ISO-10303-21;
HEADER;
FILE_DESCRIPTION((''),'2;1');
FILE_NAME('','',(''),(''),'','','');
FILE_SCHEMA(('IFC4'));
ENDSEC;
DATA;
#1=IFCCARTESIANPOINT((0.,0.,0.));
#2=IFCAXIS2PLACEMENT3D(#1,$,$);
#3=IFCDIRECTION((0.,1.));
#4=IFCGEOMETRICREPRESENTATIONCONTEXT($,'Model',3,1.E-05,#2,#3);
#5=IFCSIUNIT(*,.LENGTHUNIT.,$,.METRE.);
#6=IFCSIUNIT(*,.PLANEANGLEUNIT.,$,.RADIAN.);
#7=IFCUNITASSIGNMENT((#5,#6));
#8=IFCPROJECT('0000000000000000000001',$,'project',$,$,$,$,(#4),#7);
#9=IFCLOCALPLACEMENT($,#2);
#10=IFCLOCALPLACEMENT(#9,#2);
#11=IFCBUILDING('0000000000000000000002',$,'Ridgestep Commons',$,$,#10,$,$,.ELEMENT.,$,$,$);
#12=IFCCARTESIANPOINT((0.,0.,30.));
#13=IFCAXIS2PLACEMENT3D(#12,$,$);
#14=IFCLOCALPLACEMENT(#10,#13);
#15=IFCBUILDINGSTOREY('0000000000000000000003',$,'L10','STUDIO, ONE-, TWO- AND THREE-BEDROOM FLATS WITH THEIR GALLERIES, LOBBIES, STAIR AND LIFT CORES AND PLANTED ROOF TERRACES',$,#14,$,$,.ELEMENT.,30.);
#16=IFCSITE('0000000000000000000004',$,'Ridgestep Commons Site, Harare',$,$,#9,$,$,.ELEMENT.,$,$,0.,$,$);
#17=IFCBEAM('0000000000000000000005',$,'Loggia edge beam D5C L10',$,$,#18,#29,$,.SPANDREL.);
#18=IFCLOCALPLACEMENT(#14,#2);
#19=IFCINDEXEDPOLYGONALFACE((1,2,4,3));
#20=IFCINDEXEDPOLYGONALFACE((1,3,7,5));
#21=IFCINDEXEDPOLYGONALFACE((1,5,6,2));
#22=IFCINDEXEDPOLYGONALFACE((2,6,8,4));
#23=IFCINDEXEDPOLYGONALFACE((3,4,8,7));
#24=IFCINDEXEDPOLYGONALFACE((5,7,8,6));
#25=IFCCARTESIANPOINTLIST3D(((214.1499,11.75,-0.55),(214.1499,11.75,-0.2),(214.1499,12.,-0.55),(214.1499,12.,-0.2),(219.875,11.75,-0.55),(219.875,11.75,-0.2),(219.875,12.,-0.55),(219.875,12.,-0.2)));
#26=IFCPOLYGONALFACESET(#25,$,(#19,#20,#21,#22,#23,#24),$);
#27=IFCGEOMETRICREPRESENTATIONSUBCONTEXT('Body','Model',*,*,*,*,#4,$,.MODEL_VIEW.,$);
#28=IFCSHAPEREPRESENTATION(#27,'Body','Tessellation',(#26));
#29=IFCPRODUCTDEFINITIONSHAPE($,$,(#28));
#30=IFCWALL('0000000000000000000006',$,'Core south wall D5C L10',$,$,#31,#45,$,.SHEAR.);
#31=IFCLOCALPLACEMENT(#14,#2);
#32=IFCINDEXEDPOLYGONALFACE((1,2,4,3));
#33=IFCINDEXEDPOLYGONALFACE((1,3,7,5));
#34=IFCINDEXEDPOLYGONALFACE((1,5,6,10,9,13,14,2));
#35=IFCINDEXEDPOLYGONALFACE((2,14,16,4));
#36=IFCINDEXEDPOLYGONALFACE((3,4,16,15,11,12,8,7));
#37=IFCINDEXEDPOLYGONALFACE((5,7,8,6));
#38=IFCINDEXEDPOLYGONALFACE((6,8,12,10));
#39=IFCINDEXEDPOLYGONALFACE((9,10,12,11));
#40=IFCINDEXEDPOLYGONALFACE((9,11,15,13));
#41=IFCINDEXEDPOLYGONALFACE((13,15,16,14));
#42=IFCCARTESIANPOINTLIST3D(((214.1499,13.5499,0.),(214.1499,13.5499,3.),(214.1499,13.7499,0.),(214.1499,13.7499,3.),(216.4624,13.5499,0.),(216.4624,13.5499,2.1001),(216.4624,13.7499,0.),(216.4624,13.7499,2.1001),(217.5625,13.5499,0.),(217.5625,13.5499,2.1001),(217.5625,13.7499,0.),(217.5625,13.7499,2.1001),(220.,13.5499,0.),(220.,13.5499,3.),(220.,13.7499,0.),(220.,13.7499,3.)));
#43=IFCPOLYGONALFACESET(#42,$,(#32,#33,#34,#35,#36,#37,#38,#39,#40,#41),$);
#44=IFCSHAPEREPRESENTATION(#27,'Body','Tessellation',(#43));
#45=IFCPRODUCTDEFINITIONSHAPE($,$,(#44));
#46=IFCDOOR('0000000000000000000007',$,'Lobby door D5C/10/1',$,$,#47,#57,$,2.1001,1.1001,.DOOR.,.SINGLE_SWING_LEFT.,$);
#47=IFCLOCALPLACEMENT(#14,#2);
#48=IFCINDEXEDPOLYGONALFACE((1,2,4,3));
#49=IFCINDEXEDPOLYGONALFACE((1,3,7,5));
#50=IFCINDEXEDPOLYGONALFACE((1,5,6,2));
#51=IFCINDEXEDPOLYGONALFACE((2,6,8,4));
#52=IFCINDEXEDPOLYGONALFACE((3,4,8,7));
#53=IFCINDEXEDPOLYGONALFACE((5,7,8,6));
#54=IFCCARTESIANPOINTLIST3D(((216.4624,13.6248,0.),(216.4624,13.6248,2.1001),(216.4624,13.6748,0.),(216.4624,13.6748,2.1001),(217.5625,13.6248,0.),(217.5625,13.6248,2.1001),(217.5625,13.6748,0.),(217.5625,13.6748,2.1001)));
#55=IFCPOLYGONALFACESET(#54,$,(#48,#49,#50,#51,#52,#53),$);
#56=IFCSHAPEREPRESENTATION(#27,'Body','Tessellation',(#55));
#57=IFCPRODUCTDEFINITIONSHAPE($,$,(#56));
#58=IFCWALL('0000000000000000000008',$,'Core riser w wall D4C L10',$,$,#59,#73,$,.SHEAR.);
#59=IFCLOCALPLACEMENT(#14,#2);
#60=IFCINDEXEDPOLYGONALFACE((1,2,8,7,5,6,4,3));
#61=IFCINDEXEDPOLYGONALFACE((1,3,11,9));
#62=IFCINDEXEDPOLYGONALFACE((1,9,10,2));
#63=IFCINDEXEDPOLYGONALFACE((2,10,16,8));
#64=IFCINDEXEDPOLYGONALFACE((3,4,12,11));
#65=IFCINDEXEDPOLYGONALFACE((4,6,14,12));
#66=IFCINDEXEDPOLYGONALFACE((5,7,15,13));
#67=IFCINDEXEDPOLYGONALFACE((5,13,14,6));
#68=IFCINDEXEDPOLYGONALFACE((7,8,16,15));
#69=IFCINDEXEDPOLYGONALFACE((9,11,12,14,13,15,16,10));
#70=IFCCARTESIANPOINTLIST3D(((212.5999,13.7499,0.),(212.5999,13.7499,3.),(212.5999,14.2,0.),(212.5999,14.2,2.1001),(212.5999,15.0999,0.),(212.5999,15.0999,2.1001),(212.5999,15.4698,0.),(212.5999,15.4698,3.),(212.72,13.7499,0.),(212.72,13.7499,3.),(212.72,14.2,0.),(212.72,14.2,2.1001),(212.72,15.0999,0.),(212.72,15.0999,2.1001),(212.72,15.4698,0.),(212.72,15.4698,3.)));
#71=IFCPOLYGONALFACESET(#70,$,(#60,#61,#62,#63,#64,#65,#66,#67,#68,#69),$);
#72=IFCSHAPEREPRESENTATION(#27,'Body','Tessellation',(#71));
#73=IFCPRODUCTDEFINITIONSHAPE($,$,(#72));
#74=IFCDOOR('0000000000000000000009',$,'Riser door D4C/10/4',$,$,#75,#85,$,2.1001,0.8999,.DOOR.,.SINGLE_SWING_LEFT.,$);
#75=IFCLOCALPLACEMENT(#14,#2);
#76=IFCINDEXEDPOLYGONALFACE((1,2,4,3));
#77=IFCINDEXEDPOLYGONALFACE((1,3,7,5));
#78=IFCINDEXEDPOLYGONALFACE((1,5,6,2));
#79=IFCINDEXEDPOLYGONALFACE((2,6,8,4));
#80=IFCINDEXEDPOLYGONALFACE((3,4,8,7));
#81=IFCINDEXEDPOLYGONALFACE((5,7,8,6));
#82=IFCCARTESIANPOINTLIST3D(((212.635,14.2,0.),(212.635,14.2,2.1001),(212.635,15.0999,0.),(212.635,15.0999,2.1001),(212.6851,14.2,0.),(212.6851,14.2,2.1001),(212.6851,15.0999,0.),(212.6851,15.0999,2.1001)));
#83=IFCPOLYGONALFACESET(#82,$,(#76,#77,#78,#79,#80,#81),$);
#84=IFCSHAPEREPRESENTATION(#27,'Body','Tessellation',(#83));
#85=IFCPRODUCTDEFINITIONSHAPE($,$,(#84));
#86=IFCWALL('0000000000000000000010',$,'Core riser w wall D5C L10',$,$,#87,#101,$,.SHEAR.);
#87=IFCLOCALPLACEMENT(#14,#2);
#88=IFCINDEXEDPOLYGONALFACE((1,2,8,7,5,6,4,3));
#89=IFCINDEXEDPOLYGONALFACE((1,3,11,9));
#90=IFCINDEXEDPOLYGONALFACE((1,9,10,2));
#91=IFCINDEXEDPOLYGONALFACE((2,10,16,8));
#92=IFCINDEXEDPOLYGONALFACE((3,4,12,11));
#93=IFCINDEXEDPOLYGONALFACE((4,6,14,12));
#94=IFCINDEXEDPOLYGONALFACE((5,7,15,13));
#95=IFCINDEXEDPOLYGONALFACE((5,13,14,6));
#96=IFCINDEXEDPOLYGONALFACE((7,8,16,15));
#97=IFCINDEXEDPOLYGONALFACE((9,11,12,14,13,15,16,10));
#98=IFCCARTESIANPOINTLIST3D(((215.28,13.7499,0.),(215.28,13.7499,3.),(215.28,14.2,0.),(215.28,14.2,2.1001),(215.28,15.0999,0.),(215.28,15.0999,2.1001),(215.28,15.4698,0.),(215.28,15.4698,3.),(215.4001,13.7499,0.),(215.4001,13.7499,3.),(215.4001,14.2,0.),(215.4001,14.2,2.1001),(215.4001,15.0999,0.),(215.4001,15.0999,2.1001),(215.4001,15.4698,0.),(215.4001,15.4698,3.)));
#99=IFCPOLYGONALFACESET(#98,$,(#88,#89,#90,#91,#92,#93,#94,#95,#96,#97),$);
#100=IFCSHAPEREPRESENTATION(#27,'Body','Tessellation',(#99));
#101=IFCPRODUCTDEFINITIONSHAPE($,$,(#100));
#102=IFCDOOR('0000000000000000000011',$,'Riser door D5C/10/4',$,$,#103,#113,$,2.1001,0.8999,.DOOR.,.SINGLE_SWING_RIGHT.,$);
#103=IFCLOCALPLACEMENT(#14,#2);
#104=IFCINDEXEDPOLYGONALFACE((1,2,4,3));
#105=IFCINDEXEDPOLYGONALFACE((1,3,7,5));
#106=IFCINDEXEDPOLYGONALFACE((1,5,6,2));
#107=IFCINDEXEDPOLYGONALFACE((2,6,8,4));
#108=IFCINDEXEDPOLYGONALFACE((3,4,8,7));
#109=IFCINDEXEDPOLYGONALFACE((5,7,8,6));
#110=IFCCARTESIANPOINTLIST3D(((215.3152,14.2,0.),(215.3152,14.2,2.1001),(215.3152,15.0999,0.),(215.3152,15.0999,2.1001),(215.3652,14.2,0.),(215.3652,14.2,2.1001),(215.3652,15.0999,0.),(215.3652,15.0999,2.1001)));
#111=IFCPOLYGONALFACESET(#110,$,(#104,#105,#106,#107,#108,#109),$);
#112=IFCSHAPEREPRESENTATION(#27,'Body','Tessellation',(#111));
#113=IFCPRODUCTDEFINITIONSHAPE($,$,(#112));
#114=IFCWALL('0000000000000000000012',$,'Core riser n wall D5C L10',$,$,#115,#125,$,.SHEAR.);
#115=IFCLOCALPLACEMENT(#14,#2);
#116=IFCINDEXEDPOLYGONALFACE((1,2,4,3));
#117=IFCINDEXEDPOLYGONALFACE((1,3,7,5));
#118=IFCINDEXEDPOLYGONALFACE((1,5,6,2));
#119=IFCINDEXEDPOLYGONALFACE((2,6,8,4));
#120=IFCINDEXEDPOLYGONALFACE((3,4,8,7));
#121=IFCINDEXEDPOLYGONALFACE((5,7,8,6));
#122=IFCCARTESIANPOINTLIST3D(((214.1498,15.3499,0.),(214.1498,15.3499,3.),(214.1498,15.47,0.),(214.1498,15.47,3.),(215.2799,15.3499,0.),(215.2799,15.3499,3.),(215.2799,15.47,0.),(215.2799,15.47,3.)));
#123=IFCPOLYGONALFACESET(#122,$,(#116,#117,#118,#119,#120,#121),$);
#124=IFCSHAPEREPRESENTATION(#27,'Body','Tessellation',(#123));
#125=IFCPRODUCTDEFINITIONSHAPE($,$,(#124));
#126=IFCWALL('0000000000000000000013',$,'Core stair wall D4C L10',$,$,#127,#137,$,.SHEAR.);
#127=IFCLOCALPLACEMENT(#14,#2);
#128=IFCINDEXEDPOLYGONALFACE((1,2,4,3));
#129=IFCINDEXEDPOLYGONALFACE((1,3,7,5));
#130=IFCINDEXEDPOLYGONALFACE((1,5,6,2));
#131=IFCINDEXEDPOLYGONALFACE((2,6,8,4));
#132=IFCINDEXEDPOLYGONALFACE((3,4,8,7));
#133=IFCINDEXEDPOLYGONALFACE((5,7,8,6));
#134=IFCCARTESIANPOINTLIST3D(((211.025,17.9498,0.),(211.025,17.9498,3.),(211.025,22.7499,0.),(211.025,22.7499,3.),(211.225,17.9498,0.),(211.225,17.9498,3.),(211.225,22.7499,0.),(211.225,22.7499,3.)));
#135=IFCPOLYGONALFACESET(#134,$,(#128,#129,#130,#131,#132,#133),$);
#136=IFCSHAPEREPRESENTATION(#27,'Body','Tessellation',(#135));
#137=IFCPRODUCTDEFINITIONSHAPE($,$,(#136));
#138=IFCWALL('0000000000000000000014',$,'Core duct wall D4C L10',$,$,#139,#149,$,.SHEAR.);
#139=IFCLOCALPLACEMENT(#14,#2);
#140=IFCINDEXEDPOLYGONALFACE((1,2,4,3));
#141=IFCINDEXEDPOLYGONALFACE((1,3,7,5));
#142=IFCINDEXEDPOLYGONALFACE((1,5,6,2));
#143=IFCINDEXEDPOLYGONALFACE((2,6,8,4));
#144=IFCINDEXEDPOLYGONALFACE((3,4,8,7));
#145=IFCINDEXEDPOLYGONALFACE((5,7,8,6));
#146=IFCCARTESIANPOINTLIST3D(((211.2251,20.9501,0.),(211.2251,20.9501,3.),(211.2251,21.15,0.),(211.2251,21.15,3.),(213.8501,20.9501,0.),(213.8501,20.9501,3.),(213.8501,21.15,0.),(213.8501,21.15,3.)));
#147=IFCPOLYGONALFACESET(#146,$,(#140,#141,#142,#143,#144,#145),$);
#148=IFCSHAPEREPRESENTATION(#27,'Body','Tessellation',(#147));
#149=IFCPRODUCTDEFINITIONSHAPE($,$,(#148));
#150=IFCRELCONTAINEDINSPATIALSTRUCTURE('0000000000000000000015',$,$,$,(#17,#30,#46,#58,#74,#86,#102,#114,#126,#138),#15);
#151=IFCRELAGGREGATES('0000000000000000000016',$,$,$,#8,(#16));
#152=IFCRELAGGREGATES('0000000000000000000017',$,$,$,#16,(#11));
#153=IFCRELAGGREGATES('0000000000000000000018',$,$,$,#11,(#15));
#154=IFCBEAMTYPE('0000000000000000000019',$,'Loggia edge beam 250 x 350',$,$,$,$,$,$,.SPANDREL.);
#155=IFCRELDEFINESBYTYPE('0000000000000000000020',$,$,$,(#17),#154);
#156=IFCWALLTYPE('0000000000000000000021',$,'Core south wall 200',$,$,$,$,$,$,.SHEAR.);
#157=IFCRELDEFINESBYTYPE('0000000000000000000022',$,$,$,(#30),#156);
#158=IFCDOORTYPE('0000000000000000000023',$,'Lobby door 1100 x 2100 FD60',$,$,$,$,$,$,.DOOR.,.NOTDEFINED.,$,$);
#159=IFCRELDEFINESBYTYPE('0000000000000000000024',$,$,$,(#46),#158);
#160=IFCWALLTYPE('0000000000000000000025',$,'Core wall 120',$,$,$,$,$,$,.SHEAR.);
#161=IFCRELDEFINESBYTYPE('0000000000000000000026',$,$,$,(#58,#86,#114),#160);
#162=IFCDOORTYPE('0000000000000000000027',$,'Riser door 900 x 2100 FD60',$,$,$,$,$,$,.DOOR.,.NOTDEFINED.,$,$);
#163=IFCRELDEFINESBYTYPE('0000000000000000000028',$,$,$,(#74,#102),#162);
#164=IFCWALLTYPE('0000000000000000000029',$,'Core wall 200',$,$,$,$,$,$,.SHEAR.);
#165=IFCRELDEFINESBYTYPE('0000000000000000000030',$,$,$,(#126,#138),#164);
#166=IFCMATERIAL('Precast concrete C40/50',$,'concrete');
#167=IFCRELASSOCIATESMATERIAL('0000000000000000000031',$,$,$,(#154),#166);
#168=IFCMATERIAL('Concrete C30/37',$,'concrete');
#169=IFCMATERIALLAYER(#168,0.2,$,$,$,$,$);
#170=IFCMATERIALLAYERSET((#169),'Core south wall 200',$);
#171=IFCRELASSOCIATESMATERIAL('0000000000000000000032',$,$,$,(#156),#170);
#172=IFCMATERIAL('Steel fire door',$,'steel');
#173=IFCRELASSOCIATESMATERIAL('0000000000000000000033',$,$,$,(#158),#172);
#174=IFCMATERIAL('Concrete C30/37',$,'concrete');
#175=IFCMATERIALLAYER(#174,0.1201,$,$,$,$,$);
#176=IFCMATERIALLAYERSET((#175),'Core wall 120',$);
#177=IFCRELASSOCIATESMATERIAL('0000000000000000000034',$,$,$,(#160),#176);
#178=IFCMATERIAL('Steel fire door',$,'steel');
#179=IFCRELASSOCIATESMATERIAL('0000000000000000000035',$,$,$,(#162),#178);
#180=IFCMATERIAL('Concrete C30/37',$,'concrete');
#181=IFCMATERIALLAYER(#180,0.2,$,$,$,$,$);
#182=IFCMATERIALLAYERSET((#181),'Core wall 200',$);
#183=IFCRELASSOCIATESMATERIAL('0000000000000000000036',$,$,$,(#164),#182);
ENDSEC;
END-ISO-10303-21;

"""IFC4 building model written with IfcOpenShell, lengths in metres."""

from ifc_helpers import new_model, si_unit, direction, frame, frame_2d, origin, origin_2d, place, context, subcontext, project, spatial, rectangle, extrude, material, layer, layer_set, material_profile, profile_set, type_object, element, fill, save


model = new_model("IFC4")

# Units and contexts
model_context = context("Model", 3, precision=1e-05, world=origin(), true_north=direction((0.0, 1.0)))
body_context = subcontext(model_context, "Body", "Model", "MODEL_VIEW")
ifc_project = project(units=[si_unit("LENGTHUNIT", "METRE"), si_unit("PLANEANGLEUNIT", "RADIAN")], contexts=[model_context])

# Site, building, storey
site_placement = place(None, origin())
site = spatial("IfcSite", under=ifc_project, at=site_placement, Name="Ridgestep Commons Site, Harare", CompositionType="ELEMENT", RefElevation=0.0)
building_placement = place(site_placement, origin())
building = spatial("IfcBuilding", under=site, at=building_placement, Name="Ridgestep Commons", CompositionType="ELEMENT")
storey_placement = place(building_placement, frame((0.0, 0.0, 30.0)))
storey = spatial("IfcBuildingStorey", under=building, at=storey_placement, Name="L10", Description="STUDIO, ONE-, TWO- AND THREE-BEDROOM FLATS WITH THEIR GALLERIES, LOBBIES, STAIR AND LIFT CORES AND PLANTED ROOF TERRACES", CompositionType="ELEMENT", Elevation=30.0)

# Beam
ifc_material_1 = material(Name="Precast concrete C40/50", Category="concrete")
ifc_material_profile = material_profile(ifc_material_1, rectangle(XDim=0.25, YDim=0.3501, at=origin_2d()), Name="PC 250x350")
ifc_profile_set = profile_set([ifc_material_profile], Name="Precast concrete C40/50")
beam_type = type_object("IfcBeamType", Name="Loggia edge beam 250 x 350", PredefinedType="SPANDREL", material=ifc_profile_set)
beam_placement = place(storey_placement, frame((214.1499, 11.875, -0.375), z_axis=(1.0, 0.0, 0.0), x_axis=(0.0, 1.0, 0.0)))
element("IfcBeam", 1, at=beam_placement, inside=storey, type_object=beam_type, Name="Loggia edge beam D5C L10", PredefinedType="SPANDREL", context=body_context, shape_type="SweptSolid", body=[
    extrude(rectangle(XDim=0.25, YDim=0.3501, at=origin_2d()), origin(), (0.0, 0.0, 1.0), 5.7251),
])

# Walls, openings, doors
ifc_material_2 = material(Name="Concrete C30/37", Category="concrete")
ifc_layer_1 = layer(ifc_material_2, 0.2)
ifc_layer_set_1 = layer_set([ifc_layer_1], Name="Core south wall 200")
wall_type_1 = type_object("IfcWallType", Name="Core south wall 200", PredefinedType="SHEAR", material=ifc_layer_set_1)
wall_1_placement = place(storey_placement, frame((214.1499, 13.6499, 0.0), z_axis=(0.0, 0.0, 1.0), x_axis=(1.0, 0.0, 0.0)))
wall_1 = element("IfcWall", 2, at=wall_1_placement, inside=storey, type_object=wall_type_1, Name="Core south wall D5C L10", PredefinedType="SHEAR", context=body_context, shape_type="SweptSolid", body=[
    extrude(rectangle(XDim=5.8501, YDim=0.2, at=frame_2d((2.925, 0.0))), origin(), (0.0, 0.0, 1.0), 3.0),
])
opening_1_placement = place(wall_1_placement, frame((2.3125, 0.0, 0.0)))
opening_1 = element("IfcOpeningElement", 3, at=opening_1_placement, cuts=wall_1, PredefinedType="OPENING", context=body_context, shape_type="SweptSolid", body=[
    extrude(rectangle(XDim=1.1001, YDim=2.1001, at=frame_2d((0.55, 1.05))), frame((0.0, 0.1099, 0.0), z_axis=(0.0, -1.0, 0.0), x_axis=(1.0, 0.0, 0.0)), (0.0, 0.0, 1.0), 0.22),
])
ifc_material_3 = material(Name="Steel fire door", Category="steel")
door_type_1 = type_object("IfcDoorType", Name="Lobby door 1100 x 2100 FD60", OperationType="NOTDEFINED", PredefinedType="DOOR", material=ifc_material_3)
door_1_placement = place(opening_1_placement, origin())
door_1 = element("IfcDoor", 4, at=door_1_placement, inside=storey, type_object=door_type_1, Name="Lobby door D5C/10/1", OperationType="SINGLE_SWING_LEFT", OverallHeight=2.1001, OverallWidth=1.1001, PredefinedType="DOOR", context=body_context, shape_type="SweptSolid", body=[
    extrude(rectangle(XDim=1.1001, YDim=2.1001, at=frame_2d((0.55, 1.05))), frame((0.0, 0.0249, 0.0), z_axis=(0.0, -1.0, 0.0), x_axis=(1.0, 0.0, 0.0)), (0.0, 0.0, 1.0), 0.05),
])
fill(opening_1, door_1)
ifc_material_4 = material(Name="Concrete C30/37", Category="concrete")
ifc_layer_2 = layer(ifc_material_4, 0.1201)
ifc_layer_set_2 = layer_set([ifc_layer_2], Name="Core wall 120")
wall_type_2 = type_object("IfcWallType", Name="Core wall 120", PredefinedType="SHEAR", material=ifc_layer_set_2)
wall_2_placement = place(storey_placement, frame((212.6599, 13.75, 0.0), z_axis=(0.0, 0.0, 1.0), x_axis=(0.0, 1.0, 0.0)))
wall_2 = element("IfcWall", 5, at=wall_2_placement, inside=storey, type_object=wall_type_2, Name="Core riser w wall D4C L10", PredefinedType="SHEAR", context=body_context, shape_type="SweptSolid", body=[
    extrude(rectangle(XDim=1.72, YDim=0.1201, at=frame_2d((0.8599, 0.0))), origin(), (0.0, 0.0, 1.0), 3.0),
])
opening_2_placement = place(wall_2_placement, frame((0.45, 0.0, 0.0)))
opening_2 = element("IfcOpeningElement", 6, at=opening_2_placement, cuts=wall_2, PredefinedType="OPENING", context=body_context, shape_type="SweptSolid", body=[
    extrude(rectangle(XDim=0.8999, YDim=2.1001, at=frame_2d((0.45, 1.05))), frame((0.0, 0.0701, 0.0), z_axis=(0.0, -1.0, 0.0), x_axis=(1.0, 0.0, 0.0)), (0.0, 0.0, 1.0), 0.1401),
])
ifc_material_5 = material(Name="Steel fire door", Category="steel")
door_type_2 = type_object("IfcDoorType", Name="Riser door 900 x 2100 FD60", OperationType="NOTDEFINED", PredefinedType="DOOR", material=ifc_material_5)
door_2_placement = place(opening_2_placement, origin())
door_2 = element("IfcDoor", 7, at=door_2_placement, inside=storey, type_object=door_type_2, Name="Riser door D4C/10/4", OperationType="SINGLE_SWING_LEFT", OverallHeight=2.1001, OverallWidth=0.8999, PredefinedType="DOOR", context=body_context, shape_type="SweptSolid", body=[
    extrude(rectangle(XDim=0.8999, YDim=2.1001, at=frame_2d((0.45, 1.05))), frame((0.0, 0.0249, 0.0), z_axis=(0.0, -1.0, 0.0), x_axis=(1.0, 0.0, 0.0)), (0.0, 0.0, 1.0), 0.05),
])
fill(opening_2, door_2)

# Wall, opening, door
wall_3_placement = place(storey_placement, frame((215.3401, 13.75, 0.0), z_axis=(0.0, 0.0, 1.0), x_axis=(0.0, 1.0, 0.0)))
wall_3 = element("IfcWall", 8, at=wall_3_placement, inside=storey, type_object=wall_type_2, Name="Core riser w wall D5C L10", PredefinedType="SHEAR", context=body_context, shape_type="SweptSolid", body=[
    extrude(rectangle(XDim=1.72, YDim=0.1201, at=frame_2d((0.8599, 0.0))), origin(), (0.0, 0.0, 1.0), 3.0),
])
opening_3_placement = place(wall_3_placement, frame((0.45, 0.0, 0.0)))
opening_3 = element("IfcOpeningElement", 9, at=opening_3_placement, cuts=wall_3, PredefinedType="OPENING", context=body_context, shape_type="SweptSolid", body=[
    extrude(rectangle(XDim=0.8999, YDim=2.1001, at=frame_2d((0.45, 1.05))), frame((0.0, 0.0701, 0.0), z_axis=(0.0, -1.0, 0.0), x_axis=(1.0, 0.0, 0.0)), (0.0, 0.0, 1.0), 0.1401),
])
door_3_placement = place(opening_3_placement, origin())
door_3 = element("IfcDoor", 10, at=door_3_placement, inside=storey, type_object=door_type_2, Name="Riser door D5C/10/4", OperationType="SINGLE_SWING_RIGHT", OverallHeight=2.1001, OverallWidth=0.8999, PredefinedType="DOOR", context=body_context, shape_type="SweptSolid", body=[
    extrude(rectangle(XDim=0.8999, YDim=2.1001, at=frame_2d((0.45, 1.05))), frame((0.0, 0.0249, 0.0), z_axis=(0.0, -1.0, 0.0), x_axis=(1.0, 0.0, 0.0)), (0.0, 0.0, 1.0), 0.05),
])
fill(opening_3, door_3)

# Walls
wall_4_placement = place(storey_placement, frame((214.1499, 15.4099, 0.0), z_axis=(0.0, 0.0, 1.0), x_axis=(1.0, 0.0, 0.0)))
element("IfcWall", 11, at=wall_4_placement, inside=storey, type_object=wall_type_2, Name="Core riser n wall D5C L10", PredefinedType="SHEAR", context=body_context, shape_type="SweptSolid", body=[
    extrude(rectangle(XDim=1.1301, YDim=0.1201, at=frame_2d((0.5649, 0.0))), origin(), (0.0, 0.0, 1.0), 3.0),
])
ifc_material_6 = material(Name="Concrete C30/37", Category="concrete")
ifc_layer_3 = layer(ifc_material_6, 0.2)
ifc_layer_set_3 = layer_set([ifc_layer_3], Name="Core wall 200")
wall_type_3 = type_object("IfcWallType", Name="Core wall 200", PredefinedType="SHEAR", material=ifc_layer_set_3)
wall_5_placement = place(storey_placement, frame((211.125, 17.95, 0.0), z_axis=(0.0, 0.0, 1.0), x_axis=(0.0, 1.0, 0.0)))
element("IfcWall", 12, at=wall_5_placement, inside=storey, type_object=wall_type_3, Name="Core stair wall D4C L10", PredefinedType="SHEAR", context=body_context, shape_type="SweptSolid", body=[
    extrude(rectangle(XDim=4.8, YDim=0.2, at=frame_2d((2.3999, 0.0))), origin(), (0.0, 0.0, 1.0), 3.0),
])
wall_6_placement = place(storey_placement, frame((211.2251, 21.05, 0.0), z_axis=(0.0, 0.0, 1.0), x_axis=(1.0, 0.0, 0.0)))
element("IfcWall", 13, at=wall_6_placement, inside=storey, type_object=wall_type_3, Name="Core duct wall D4C L10", PredefinedType="SHEAR", context=body_context, shape_type="SweptSolid", body=[
    extrude(rectangle(XDim=2.625, YDim=0.2, at=frame_2d((1.3125, 0.0))), origin(), (0.0, 0.0, 1.0), 3.0),
])

save(model, "model.ifc")
